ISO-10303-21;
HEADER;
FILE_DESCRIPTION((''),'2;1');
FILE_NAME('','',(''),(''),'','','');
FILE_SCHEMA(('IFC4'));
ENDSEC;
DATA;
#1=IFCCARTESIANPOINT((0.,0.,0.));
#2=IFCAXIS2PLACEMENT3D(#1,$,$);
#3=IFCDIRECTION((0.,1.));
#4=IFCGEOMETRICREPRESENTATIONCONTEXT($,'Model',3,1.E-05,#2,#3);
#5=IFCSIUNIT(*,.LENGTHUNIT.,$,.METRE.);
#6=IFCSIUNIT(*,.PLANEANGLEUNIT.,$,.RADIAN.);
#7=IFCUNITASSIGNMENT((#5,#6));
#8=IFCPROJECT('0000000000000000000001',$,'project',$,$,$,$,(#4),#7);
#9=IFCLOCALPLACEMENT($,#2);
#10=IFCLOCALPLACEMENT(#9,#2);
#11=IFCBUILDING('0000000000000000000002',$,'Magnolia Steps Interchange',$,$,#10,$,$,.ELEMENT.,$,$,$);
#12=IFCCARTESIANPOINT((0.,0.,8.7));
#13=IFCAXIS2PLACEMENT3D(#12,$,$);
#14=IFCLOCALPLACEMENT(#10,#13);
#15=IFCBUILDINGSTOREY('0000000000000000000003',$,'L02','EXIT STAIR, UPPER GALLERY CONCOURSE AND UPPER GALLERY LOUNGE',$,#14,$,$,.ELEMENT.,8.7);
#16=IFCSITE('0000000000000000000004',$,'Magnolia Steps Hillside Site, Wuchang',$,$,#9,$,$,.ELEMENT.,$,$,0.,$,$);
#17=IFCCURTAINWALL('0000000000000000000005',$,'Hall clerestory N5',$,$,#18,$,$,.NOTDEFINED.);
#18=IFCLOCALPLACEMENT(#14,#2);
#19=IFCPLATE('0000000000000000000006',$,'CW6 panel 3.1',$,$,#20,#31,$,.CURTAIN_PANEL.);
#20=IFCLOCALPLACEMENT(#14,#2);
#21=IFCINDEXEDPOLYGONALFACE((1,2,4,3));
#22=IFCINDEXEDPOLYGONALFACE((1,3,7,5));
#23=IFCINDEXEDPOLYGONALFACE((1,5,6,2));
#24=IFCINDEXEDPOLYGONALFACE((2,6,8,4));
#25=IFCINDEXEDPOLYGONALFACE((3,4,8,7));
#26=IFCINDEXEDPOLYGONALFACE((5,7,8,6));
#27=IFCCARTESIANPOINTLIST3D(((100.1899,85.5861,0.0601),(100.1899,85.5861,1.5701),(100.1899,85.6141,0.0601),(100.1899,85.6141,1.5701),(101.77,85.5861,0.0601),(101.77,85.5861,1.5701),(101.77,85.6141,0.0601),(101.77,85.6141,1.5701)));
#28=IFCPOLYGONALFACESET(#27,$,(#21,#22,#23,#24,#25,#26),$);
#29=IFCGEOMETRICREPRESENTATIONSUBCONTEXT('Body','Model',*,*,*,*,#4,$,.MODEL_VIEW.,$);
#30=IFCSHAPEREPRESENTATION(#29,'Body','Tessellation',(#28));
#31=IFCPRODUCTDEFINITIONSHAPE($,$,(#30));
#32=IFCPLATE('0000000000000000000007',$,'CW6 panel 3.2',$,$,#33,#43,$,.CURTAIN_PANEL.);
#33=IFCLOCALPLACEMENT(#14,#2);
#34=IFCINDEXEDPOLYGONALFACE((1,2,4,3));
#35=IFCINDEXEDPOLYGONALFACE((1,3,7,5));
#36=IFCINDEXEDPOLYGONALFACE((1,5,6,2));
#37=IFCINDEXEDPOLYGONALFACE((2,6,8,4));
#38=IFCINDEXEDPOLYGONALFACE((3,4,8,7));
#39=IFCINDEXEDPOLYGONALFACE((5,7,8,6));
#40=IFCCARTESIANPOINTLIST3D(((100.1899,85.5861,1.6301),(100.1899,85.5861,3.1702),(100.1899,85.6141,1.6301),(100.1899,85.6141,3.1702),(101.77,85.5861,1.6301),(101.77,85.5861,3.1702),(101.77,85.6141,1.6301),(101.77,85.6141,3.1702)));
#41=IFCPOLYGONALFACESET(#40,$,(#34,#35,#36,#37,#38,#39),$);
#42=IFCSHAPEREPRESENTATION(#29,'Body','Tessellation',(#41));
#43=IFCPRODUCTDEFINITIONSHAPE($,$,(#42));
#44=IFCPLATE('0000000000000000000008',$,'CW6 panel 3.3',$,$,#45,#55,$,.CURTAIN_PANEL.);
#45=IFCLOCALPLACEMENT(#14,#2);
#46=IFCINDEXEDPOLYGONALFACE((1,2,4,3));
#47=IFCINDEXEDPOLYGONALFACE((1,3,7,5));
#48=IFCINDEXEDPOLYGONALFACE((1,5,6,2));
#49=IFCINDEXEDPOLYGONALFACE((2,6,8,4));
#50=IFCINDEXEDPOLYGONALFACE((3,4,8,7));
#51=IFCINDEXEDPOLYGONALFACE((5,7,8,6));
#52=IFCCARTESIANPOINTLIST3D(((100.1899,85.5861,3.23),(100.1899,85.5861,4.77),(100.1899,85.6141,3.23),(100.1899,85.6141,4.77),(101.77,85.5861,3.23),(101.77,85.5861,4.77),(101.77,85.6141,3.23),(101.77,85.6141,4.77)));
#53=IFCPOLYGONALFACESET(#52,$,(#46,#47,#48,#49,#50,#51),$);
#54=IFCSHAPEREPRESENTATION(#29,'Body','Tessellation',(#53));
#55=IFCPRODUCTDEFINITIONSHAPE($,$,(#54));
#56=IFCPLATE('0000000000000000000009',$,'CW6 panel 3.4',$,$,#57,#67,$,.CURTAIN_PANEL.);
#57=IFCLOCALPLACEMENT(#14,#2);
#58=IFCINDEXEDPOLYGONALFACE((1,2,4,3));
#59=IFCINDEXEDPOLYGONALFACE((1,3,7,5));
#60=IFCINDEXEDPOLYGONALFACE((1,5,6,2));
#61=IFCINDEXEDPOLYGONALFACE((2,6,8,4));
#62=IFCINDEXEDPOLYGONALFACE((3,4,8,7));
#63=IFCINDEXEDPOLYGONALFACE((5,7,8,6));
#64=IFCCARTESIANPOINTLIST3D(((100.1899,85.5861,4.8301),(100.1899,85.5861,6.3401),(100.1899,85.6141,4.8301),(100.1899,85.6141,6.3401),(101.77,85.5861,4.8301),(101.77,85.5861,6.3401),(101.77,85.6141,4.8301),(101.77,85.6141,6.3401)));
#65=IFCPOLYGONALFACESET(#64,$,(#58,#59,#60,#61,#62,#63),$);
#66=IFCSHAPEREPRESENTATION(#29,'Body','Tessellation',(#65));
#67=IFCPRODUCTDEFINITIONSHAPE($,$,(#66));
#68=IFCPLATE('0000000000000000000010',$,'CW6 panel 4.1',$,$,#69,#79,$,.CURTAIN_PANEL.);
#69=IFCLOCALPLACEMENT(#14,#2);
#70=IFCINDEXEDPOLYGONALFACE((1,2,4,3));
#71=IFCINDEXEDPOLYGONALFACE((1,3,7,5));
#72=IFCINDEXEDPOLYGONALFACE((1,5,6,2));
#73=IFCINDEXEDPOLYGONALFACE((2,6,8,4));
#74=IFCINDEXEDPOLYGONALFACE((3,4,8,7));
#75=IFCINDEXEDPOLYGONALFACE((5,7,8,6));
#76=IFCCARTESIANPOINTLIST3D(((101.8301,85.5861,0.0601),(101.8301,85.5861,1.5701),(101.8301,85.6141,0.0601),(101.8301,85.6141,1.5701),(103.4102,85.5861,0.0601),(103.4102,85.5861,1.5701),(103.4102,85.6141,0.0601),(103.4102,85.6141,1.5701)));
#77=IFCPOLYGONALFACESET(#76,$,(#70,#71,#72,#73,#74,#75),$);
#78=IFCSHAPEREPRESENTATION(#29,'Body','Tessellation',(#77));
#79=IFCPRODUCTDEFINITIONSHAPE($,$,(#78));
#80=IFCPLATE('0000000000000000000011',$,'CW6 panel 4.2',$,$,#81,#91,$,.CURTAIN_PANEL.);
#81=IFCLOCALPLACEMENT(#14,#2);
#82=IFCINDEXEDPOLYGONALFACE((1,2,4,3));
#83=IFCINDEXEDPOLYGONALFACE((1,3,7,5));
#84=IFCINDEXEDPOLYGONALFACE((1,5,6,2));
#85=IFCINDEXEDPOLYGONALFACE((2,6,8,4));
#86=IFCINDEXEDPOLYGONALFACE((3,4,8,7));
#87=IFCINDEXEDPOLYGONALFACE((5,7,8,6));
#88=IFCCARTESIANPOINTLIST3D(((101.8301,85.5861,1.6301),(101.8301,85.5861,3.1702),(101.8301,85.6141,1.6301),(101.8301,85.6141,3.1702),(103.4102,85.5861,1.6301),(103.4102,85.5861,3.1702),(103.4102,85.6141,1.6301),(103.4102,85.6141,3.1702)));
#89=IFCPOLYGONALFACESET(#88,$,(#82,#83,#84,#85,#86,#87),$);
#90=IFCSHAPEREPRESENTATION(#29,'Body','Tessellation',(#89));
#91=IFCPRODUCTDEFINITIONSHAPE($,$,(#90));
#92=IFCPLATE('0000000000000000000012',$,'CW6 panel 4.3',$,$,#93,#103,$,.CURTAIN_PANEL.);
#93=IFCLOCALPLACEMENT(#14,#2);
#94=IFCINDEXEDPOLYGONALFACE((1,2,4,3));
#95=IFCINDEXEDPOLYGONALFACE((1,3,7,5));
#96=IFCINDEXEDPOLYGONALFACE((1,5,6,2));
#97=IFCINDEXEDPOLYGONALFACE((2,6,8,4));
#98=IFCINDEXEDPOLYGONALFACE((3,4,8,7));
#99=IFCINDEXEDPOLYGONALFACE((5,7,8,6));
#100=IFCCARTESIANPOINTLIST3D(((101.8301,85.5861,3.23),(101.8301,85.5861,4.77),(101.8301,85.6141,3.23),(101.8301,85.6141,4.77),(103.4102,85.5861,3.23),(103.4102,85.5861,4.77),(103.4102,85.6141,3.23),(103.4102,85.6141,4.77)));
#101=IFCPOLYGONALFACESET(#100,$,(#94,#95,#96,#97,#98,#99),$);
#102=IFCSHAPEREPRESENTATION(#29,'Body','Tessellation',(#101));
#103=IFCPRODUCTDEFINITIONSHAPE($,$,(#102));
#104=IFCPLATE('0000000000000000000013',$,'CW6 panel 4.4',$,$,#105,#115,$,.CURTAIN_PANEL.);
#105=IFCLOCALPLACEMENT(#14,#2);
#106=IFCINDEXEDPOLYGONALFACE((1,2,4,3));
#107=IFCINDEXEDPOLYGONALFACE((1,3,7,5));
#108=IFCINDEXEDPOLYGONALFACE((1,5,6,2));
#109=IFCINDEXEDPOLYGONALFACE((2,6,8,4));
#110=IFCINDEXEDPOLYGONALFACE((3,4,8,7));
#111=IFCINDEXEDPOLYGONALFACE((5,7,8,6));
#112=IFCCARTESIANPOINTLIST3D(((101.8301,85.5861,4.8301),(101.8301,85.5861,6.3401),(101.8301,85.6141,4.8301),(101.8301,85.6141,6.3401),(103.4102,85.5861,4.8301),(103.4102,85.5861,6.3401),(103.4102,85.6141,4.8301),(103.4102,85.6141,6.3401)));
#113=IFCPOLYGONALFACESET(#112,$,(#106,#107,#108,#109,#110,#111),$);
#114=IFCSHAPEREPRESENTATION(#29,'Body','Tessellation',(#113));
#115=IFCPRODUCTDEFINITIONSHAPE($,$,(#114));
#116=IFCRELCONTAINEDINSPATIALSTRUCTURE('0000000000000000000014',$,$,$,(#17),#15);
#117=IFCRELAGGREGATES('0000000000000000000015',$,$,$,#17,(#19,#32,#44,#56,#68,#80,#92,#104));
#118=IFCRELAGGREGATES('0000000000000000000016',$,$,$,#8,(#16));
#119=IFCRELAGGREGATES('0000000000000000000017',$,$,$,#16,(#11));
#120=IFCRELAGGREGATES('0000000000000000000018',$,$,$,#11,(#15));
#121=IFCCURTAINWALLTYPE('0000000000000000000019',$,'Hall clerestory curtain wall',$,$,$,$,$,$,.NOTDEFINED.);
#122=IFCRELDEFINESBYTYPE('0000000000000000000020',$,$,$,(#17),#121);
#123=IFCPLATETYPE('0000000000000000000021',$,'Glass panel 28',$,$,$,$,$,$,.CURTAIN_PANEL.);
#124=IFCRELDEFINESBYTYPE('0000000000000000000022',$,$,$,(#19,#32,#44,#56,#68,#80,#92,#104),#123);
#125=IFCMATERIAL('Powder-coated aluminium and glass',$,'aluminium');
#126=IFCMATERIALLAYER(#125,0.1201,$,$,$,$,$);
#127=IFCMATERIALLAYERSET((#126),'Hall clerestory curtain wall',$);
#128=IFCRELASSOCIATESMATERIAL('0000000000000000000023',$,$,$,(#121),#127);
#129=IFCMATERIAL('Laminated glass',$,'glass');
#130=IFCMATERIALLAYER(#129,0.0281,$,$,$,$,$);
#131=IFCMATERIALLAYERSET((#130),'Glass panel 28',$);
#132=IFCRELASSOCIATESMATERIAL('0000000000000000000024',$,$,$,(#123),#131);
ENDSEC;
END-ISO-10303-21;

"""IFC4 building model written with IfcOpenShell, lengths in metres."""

from ifc_helpers import new_model, si_unit, direction, frame, origin, origin_2d, place, context, subcontext, project, spatial, rectangle, extrude, material, layer, layer_set, type_object, element, aggregate, save


model = new_model("IFC4")

# Units and contexts
model_context = context("Model", 3, precision=1e-05, world=origin(), true_north=direction((0.0, 1.0)))
body_context = subcontext(model_context, "Body", "Model", "MODEL_VIEW")
ifc_project = project(units=[si_unit("LENGTHUNIT", "METRE"), si_unit("PLANEANGLEUNIT", "RADIAN")], contexts=[model_context])

# Site, building, storey
site_placement = place(None, origin())
site = spatial("IfcSite", under=ifc_project, at=site_placement, Name="Magnolia Steps Hillside Site, Wuchang", CompositionType="ELEMENT", RefElevation=0.0)
building_placement = place(site_placement, origin())
building = spatial("IfcBuilding", under=site, at=building_placement, Name="Magnolia Steps Interchange", CompositionType="ELEMENT")
storey_placement = place(building_placement, frame((0.0, 0.0, 8.7)))
storey = spatial("IfcBuildingStorey", under=building, at=storey_placement, Name="L02", Description="EXIT STAIR, UPPER GALLERY CONCOURSE AND UPPER GALLERY LOUNGE", CompositionType="ELEMENT", Elevation=8.7)

# Curtain wall, plates
ifc_material_1 = material(Name="Powder-coated aluminium and glass", Category="aluminium")
ifc_layer_1 = layer(ifc_material_1, 0.1201)
ifc_layer_set_1 = layer_set([ifc_layer_1], Name="Hall clerestory curtain wall")
curtain_wall_type = type_object("IfcCurtainWallType", Name="Hall clerestory curtain wall", PredefinedType="NOTDEFINED", material=ifc_layer_set_1)
curtain_wall_placement = place(storey_placement, origin())
curtain_wall = element("IfcCurtainWall", 1, at=curtain_wall_placement, inside=storey, type_object=curtain_wall_type, Name="Hall clerestory N5", PredefinedType="NOTDEFINED")
ifc_material_2 = material(Name="Laminated glass", Category="glass")
ifc_layer_2 = layer(ifc_material_2, 0.0281)
ifc_layer_set_2 = layer_set([ifc_layer_2], Name="Glass panel 28")
plate_type = type_object("IfcPlateType", Name="Glass panel 28", PredefinedType="CURTAIN_PANEL", material=ifc_layer_set_2)
plate_1_placement = place(storey_placement, frame((100.98, 85.6001, 0.0601), z_axis=(0.0, 0.0, 1.0), x_axis=(1.0, 0.0, 0.0)))
plate_1 = element("IfcPlate", 2, at=plate_1_placement, type_object=plate_type, Name="CW6 panel 3.1", PredefinedType="CURTAIN_PANEL", context=body_context, shape_type="SweptSolid", body=[
    extrude(rectangle(XDim=1.5801, YDim=0.0281, at=origin_2d()), origin(), (0.0, 0.0, 1.0), 1.51),
])
plate_2_placement = place(storey_placement, frame((100.98, 85.6001, 1.6301), z_axis=(0.0, 0.0, 1.0), x_axis=(1.0, 0.0, 0.0)))
plate_2 = element("IfcPlate", 3, at=plate_2_placement, type_object=plate_type, Name="CW6 panel 3.2", PredefinedType="CURTAIN_PANEL", context=body_context, shape_type="SweptSolid", body=[
    extrude(rectangle(XDim=1.5801, YDim=0.0281, at=origin_2d()), origin(), (0.0, 0.0, 1.0), 1.54),
])
plate_3_placement = place(storey_placement, frame((100.98, 85.6001, 3.23), z_axis=(0.0, 0.0, 1.0), x_axis=(1.0, 0.0, 0.0)))
plate_3 = element("IfcPlate", 4, at=plate_3_placement, type_object=plate_type, Name="CW6 panel 3.3", PredefinedType="CURTAIN_PANEL", context=body_context, shape_type="SweptSolid", body=[
    extrude(rectangle(XDim=1.5801, YDim=0.0281, at=origin_2d()), origin(), (0.0, 0.0, 1.0), 1.54),
])
plate_4_placement = place(storey_placement, frame((100.98, 85.6001, 4.8301), z_axis=(0.0, 0.0, 1.0), x_axis=(1.0, 0.0, 0.0)))
plate_4 = element("IfcPlate", 5, at=plate_4_placement, type_object=plate_type, Name="CW6 panel 3.4", PredefinedType="CURTAIN_PANEL", context=body_context, shape_type="SweptSolid", body=[
    extrude(rectangle(XDim=1.5801, YDim=0.0281, at=origin_2d()), origin(), (0.0, 0.0, 1.0), 1.51),
])
plate_5_placement = place(storey_placement, frame((102.6201, 85.6001, 0.0601), z_axis=(0.0, 0.0, 1.0), x_axis=(1.0, 0.0, 0.0)))
plate_5 = element("IfcPlate", 6, at=plate_5_placement, type_object=plate_type, Name="CW6 panel 4.1", PredefinedType="CURTAIN_PANEL", context=body_context, shape_type="SweptSolid", body=[
    extrude(rectangle(XDim=1.5801, YDim=0.0281, at=origin_2d()), origin(), (0.0, 0.0, 1.0), 1.51),
])
plate_6_placement = place(storey_placement, frame((102.6201, 85.6001, 1.6301), z_axis=(0.0, 0.0, 1.0), x_axis=(1.0, 0.0, 0.0)))
plate_6 = element("IfcPlate", 7, at=plate_6_placement, type_object=plate_type, Name="CW6 panel 4.2", PredefinedType="CURTAIN_PANEL", context=body_context, shape_type="SweptSolid", body=[
    extrude(rectangle(XDim=1.5801, YDim=0.0281, at=origin_2d()), origin(), (0.0, 0.0, 1.0), 1.54),
])
plate_7_placement = place(storey_placement, frame((102.6201, 85.6001, 3.23), z_axis=(0.0, 0.0, 1.0), x_axis=(1.0, 0.0, 0.0)))
plate_7 = element("IfcPlate", 8, at=plate_7_placement, type_object=plate_type, Name="CW6 panel 4.3", PredefinedType="CURTAIN_PANEL", context=body_context, shape_type="SweptSolid", body=[
    extrude(rectangle(XDim=1.5801, YDim=0.0281, at=origin_2d()), origin(), (0.0, 0.0, 1.0), 1.54),
])
plate_8_placement = place(storey_placement, frame((102.6201, 85.6001, 4.8301), z_axis=(0.0, 0.0, 1.0), x_axis=(1.0, 0.0, 0.0)))
plate_8 = element("IfcPlate", 9, at=plate_8_placement, type_object=plate_type, Name="CW6 panel 4.4", PredefinedType="CURTAIN_PANEL", context=body_context, shape_type="SweptSolid", body=[
    extrude(rectangle(XDim=1.5801, YDim=0.0281, at=origin_2d()), origin(), (0.0, 0.0, 1.0), 1.51),
])
aggregate(curtain_wall, [plate_1, plate_2, plate_3, plate_4, plate_5, plate_6, plate_7, plate_8])

save(model, "model.ifc")
